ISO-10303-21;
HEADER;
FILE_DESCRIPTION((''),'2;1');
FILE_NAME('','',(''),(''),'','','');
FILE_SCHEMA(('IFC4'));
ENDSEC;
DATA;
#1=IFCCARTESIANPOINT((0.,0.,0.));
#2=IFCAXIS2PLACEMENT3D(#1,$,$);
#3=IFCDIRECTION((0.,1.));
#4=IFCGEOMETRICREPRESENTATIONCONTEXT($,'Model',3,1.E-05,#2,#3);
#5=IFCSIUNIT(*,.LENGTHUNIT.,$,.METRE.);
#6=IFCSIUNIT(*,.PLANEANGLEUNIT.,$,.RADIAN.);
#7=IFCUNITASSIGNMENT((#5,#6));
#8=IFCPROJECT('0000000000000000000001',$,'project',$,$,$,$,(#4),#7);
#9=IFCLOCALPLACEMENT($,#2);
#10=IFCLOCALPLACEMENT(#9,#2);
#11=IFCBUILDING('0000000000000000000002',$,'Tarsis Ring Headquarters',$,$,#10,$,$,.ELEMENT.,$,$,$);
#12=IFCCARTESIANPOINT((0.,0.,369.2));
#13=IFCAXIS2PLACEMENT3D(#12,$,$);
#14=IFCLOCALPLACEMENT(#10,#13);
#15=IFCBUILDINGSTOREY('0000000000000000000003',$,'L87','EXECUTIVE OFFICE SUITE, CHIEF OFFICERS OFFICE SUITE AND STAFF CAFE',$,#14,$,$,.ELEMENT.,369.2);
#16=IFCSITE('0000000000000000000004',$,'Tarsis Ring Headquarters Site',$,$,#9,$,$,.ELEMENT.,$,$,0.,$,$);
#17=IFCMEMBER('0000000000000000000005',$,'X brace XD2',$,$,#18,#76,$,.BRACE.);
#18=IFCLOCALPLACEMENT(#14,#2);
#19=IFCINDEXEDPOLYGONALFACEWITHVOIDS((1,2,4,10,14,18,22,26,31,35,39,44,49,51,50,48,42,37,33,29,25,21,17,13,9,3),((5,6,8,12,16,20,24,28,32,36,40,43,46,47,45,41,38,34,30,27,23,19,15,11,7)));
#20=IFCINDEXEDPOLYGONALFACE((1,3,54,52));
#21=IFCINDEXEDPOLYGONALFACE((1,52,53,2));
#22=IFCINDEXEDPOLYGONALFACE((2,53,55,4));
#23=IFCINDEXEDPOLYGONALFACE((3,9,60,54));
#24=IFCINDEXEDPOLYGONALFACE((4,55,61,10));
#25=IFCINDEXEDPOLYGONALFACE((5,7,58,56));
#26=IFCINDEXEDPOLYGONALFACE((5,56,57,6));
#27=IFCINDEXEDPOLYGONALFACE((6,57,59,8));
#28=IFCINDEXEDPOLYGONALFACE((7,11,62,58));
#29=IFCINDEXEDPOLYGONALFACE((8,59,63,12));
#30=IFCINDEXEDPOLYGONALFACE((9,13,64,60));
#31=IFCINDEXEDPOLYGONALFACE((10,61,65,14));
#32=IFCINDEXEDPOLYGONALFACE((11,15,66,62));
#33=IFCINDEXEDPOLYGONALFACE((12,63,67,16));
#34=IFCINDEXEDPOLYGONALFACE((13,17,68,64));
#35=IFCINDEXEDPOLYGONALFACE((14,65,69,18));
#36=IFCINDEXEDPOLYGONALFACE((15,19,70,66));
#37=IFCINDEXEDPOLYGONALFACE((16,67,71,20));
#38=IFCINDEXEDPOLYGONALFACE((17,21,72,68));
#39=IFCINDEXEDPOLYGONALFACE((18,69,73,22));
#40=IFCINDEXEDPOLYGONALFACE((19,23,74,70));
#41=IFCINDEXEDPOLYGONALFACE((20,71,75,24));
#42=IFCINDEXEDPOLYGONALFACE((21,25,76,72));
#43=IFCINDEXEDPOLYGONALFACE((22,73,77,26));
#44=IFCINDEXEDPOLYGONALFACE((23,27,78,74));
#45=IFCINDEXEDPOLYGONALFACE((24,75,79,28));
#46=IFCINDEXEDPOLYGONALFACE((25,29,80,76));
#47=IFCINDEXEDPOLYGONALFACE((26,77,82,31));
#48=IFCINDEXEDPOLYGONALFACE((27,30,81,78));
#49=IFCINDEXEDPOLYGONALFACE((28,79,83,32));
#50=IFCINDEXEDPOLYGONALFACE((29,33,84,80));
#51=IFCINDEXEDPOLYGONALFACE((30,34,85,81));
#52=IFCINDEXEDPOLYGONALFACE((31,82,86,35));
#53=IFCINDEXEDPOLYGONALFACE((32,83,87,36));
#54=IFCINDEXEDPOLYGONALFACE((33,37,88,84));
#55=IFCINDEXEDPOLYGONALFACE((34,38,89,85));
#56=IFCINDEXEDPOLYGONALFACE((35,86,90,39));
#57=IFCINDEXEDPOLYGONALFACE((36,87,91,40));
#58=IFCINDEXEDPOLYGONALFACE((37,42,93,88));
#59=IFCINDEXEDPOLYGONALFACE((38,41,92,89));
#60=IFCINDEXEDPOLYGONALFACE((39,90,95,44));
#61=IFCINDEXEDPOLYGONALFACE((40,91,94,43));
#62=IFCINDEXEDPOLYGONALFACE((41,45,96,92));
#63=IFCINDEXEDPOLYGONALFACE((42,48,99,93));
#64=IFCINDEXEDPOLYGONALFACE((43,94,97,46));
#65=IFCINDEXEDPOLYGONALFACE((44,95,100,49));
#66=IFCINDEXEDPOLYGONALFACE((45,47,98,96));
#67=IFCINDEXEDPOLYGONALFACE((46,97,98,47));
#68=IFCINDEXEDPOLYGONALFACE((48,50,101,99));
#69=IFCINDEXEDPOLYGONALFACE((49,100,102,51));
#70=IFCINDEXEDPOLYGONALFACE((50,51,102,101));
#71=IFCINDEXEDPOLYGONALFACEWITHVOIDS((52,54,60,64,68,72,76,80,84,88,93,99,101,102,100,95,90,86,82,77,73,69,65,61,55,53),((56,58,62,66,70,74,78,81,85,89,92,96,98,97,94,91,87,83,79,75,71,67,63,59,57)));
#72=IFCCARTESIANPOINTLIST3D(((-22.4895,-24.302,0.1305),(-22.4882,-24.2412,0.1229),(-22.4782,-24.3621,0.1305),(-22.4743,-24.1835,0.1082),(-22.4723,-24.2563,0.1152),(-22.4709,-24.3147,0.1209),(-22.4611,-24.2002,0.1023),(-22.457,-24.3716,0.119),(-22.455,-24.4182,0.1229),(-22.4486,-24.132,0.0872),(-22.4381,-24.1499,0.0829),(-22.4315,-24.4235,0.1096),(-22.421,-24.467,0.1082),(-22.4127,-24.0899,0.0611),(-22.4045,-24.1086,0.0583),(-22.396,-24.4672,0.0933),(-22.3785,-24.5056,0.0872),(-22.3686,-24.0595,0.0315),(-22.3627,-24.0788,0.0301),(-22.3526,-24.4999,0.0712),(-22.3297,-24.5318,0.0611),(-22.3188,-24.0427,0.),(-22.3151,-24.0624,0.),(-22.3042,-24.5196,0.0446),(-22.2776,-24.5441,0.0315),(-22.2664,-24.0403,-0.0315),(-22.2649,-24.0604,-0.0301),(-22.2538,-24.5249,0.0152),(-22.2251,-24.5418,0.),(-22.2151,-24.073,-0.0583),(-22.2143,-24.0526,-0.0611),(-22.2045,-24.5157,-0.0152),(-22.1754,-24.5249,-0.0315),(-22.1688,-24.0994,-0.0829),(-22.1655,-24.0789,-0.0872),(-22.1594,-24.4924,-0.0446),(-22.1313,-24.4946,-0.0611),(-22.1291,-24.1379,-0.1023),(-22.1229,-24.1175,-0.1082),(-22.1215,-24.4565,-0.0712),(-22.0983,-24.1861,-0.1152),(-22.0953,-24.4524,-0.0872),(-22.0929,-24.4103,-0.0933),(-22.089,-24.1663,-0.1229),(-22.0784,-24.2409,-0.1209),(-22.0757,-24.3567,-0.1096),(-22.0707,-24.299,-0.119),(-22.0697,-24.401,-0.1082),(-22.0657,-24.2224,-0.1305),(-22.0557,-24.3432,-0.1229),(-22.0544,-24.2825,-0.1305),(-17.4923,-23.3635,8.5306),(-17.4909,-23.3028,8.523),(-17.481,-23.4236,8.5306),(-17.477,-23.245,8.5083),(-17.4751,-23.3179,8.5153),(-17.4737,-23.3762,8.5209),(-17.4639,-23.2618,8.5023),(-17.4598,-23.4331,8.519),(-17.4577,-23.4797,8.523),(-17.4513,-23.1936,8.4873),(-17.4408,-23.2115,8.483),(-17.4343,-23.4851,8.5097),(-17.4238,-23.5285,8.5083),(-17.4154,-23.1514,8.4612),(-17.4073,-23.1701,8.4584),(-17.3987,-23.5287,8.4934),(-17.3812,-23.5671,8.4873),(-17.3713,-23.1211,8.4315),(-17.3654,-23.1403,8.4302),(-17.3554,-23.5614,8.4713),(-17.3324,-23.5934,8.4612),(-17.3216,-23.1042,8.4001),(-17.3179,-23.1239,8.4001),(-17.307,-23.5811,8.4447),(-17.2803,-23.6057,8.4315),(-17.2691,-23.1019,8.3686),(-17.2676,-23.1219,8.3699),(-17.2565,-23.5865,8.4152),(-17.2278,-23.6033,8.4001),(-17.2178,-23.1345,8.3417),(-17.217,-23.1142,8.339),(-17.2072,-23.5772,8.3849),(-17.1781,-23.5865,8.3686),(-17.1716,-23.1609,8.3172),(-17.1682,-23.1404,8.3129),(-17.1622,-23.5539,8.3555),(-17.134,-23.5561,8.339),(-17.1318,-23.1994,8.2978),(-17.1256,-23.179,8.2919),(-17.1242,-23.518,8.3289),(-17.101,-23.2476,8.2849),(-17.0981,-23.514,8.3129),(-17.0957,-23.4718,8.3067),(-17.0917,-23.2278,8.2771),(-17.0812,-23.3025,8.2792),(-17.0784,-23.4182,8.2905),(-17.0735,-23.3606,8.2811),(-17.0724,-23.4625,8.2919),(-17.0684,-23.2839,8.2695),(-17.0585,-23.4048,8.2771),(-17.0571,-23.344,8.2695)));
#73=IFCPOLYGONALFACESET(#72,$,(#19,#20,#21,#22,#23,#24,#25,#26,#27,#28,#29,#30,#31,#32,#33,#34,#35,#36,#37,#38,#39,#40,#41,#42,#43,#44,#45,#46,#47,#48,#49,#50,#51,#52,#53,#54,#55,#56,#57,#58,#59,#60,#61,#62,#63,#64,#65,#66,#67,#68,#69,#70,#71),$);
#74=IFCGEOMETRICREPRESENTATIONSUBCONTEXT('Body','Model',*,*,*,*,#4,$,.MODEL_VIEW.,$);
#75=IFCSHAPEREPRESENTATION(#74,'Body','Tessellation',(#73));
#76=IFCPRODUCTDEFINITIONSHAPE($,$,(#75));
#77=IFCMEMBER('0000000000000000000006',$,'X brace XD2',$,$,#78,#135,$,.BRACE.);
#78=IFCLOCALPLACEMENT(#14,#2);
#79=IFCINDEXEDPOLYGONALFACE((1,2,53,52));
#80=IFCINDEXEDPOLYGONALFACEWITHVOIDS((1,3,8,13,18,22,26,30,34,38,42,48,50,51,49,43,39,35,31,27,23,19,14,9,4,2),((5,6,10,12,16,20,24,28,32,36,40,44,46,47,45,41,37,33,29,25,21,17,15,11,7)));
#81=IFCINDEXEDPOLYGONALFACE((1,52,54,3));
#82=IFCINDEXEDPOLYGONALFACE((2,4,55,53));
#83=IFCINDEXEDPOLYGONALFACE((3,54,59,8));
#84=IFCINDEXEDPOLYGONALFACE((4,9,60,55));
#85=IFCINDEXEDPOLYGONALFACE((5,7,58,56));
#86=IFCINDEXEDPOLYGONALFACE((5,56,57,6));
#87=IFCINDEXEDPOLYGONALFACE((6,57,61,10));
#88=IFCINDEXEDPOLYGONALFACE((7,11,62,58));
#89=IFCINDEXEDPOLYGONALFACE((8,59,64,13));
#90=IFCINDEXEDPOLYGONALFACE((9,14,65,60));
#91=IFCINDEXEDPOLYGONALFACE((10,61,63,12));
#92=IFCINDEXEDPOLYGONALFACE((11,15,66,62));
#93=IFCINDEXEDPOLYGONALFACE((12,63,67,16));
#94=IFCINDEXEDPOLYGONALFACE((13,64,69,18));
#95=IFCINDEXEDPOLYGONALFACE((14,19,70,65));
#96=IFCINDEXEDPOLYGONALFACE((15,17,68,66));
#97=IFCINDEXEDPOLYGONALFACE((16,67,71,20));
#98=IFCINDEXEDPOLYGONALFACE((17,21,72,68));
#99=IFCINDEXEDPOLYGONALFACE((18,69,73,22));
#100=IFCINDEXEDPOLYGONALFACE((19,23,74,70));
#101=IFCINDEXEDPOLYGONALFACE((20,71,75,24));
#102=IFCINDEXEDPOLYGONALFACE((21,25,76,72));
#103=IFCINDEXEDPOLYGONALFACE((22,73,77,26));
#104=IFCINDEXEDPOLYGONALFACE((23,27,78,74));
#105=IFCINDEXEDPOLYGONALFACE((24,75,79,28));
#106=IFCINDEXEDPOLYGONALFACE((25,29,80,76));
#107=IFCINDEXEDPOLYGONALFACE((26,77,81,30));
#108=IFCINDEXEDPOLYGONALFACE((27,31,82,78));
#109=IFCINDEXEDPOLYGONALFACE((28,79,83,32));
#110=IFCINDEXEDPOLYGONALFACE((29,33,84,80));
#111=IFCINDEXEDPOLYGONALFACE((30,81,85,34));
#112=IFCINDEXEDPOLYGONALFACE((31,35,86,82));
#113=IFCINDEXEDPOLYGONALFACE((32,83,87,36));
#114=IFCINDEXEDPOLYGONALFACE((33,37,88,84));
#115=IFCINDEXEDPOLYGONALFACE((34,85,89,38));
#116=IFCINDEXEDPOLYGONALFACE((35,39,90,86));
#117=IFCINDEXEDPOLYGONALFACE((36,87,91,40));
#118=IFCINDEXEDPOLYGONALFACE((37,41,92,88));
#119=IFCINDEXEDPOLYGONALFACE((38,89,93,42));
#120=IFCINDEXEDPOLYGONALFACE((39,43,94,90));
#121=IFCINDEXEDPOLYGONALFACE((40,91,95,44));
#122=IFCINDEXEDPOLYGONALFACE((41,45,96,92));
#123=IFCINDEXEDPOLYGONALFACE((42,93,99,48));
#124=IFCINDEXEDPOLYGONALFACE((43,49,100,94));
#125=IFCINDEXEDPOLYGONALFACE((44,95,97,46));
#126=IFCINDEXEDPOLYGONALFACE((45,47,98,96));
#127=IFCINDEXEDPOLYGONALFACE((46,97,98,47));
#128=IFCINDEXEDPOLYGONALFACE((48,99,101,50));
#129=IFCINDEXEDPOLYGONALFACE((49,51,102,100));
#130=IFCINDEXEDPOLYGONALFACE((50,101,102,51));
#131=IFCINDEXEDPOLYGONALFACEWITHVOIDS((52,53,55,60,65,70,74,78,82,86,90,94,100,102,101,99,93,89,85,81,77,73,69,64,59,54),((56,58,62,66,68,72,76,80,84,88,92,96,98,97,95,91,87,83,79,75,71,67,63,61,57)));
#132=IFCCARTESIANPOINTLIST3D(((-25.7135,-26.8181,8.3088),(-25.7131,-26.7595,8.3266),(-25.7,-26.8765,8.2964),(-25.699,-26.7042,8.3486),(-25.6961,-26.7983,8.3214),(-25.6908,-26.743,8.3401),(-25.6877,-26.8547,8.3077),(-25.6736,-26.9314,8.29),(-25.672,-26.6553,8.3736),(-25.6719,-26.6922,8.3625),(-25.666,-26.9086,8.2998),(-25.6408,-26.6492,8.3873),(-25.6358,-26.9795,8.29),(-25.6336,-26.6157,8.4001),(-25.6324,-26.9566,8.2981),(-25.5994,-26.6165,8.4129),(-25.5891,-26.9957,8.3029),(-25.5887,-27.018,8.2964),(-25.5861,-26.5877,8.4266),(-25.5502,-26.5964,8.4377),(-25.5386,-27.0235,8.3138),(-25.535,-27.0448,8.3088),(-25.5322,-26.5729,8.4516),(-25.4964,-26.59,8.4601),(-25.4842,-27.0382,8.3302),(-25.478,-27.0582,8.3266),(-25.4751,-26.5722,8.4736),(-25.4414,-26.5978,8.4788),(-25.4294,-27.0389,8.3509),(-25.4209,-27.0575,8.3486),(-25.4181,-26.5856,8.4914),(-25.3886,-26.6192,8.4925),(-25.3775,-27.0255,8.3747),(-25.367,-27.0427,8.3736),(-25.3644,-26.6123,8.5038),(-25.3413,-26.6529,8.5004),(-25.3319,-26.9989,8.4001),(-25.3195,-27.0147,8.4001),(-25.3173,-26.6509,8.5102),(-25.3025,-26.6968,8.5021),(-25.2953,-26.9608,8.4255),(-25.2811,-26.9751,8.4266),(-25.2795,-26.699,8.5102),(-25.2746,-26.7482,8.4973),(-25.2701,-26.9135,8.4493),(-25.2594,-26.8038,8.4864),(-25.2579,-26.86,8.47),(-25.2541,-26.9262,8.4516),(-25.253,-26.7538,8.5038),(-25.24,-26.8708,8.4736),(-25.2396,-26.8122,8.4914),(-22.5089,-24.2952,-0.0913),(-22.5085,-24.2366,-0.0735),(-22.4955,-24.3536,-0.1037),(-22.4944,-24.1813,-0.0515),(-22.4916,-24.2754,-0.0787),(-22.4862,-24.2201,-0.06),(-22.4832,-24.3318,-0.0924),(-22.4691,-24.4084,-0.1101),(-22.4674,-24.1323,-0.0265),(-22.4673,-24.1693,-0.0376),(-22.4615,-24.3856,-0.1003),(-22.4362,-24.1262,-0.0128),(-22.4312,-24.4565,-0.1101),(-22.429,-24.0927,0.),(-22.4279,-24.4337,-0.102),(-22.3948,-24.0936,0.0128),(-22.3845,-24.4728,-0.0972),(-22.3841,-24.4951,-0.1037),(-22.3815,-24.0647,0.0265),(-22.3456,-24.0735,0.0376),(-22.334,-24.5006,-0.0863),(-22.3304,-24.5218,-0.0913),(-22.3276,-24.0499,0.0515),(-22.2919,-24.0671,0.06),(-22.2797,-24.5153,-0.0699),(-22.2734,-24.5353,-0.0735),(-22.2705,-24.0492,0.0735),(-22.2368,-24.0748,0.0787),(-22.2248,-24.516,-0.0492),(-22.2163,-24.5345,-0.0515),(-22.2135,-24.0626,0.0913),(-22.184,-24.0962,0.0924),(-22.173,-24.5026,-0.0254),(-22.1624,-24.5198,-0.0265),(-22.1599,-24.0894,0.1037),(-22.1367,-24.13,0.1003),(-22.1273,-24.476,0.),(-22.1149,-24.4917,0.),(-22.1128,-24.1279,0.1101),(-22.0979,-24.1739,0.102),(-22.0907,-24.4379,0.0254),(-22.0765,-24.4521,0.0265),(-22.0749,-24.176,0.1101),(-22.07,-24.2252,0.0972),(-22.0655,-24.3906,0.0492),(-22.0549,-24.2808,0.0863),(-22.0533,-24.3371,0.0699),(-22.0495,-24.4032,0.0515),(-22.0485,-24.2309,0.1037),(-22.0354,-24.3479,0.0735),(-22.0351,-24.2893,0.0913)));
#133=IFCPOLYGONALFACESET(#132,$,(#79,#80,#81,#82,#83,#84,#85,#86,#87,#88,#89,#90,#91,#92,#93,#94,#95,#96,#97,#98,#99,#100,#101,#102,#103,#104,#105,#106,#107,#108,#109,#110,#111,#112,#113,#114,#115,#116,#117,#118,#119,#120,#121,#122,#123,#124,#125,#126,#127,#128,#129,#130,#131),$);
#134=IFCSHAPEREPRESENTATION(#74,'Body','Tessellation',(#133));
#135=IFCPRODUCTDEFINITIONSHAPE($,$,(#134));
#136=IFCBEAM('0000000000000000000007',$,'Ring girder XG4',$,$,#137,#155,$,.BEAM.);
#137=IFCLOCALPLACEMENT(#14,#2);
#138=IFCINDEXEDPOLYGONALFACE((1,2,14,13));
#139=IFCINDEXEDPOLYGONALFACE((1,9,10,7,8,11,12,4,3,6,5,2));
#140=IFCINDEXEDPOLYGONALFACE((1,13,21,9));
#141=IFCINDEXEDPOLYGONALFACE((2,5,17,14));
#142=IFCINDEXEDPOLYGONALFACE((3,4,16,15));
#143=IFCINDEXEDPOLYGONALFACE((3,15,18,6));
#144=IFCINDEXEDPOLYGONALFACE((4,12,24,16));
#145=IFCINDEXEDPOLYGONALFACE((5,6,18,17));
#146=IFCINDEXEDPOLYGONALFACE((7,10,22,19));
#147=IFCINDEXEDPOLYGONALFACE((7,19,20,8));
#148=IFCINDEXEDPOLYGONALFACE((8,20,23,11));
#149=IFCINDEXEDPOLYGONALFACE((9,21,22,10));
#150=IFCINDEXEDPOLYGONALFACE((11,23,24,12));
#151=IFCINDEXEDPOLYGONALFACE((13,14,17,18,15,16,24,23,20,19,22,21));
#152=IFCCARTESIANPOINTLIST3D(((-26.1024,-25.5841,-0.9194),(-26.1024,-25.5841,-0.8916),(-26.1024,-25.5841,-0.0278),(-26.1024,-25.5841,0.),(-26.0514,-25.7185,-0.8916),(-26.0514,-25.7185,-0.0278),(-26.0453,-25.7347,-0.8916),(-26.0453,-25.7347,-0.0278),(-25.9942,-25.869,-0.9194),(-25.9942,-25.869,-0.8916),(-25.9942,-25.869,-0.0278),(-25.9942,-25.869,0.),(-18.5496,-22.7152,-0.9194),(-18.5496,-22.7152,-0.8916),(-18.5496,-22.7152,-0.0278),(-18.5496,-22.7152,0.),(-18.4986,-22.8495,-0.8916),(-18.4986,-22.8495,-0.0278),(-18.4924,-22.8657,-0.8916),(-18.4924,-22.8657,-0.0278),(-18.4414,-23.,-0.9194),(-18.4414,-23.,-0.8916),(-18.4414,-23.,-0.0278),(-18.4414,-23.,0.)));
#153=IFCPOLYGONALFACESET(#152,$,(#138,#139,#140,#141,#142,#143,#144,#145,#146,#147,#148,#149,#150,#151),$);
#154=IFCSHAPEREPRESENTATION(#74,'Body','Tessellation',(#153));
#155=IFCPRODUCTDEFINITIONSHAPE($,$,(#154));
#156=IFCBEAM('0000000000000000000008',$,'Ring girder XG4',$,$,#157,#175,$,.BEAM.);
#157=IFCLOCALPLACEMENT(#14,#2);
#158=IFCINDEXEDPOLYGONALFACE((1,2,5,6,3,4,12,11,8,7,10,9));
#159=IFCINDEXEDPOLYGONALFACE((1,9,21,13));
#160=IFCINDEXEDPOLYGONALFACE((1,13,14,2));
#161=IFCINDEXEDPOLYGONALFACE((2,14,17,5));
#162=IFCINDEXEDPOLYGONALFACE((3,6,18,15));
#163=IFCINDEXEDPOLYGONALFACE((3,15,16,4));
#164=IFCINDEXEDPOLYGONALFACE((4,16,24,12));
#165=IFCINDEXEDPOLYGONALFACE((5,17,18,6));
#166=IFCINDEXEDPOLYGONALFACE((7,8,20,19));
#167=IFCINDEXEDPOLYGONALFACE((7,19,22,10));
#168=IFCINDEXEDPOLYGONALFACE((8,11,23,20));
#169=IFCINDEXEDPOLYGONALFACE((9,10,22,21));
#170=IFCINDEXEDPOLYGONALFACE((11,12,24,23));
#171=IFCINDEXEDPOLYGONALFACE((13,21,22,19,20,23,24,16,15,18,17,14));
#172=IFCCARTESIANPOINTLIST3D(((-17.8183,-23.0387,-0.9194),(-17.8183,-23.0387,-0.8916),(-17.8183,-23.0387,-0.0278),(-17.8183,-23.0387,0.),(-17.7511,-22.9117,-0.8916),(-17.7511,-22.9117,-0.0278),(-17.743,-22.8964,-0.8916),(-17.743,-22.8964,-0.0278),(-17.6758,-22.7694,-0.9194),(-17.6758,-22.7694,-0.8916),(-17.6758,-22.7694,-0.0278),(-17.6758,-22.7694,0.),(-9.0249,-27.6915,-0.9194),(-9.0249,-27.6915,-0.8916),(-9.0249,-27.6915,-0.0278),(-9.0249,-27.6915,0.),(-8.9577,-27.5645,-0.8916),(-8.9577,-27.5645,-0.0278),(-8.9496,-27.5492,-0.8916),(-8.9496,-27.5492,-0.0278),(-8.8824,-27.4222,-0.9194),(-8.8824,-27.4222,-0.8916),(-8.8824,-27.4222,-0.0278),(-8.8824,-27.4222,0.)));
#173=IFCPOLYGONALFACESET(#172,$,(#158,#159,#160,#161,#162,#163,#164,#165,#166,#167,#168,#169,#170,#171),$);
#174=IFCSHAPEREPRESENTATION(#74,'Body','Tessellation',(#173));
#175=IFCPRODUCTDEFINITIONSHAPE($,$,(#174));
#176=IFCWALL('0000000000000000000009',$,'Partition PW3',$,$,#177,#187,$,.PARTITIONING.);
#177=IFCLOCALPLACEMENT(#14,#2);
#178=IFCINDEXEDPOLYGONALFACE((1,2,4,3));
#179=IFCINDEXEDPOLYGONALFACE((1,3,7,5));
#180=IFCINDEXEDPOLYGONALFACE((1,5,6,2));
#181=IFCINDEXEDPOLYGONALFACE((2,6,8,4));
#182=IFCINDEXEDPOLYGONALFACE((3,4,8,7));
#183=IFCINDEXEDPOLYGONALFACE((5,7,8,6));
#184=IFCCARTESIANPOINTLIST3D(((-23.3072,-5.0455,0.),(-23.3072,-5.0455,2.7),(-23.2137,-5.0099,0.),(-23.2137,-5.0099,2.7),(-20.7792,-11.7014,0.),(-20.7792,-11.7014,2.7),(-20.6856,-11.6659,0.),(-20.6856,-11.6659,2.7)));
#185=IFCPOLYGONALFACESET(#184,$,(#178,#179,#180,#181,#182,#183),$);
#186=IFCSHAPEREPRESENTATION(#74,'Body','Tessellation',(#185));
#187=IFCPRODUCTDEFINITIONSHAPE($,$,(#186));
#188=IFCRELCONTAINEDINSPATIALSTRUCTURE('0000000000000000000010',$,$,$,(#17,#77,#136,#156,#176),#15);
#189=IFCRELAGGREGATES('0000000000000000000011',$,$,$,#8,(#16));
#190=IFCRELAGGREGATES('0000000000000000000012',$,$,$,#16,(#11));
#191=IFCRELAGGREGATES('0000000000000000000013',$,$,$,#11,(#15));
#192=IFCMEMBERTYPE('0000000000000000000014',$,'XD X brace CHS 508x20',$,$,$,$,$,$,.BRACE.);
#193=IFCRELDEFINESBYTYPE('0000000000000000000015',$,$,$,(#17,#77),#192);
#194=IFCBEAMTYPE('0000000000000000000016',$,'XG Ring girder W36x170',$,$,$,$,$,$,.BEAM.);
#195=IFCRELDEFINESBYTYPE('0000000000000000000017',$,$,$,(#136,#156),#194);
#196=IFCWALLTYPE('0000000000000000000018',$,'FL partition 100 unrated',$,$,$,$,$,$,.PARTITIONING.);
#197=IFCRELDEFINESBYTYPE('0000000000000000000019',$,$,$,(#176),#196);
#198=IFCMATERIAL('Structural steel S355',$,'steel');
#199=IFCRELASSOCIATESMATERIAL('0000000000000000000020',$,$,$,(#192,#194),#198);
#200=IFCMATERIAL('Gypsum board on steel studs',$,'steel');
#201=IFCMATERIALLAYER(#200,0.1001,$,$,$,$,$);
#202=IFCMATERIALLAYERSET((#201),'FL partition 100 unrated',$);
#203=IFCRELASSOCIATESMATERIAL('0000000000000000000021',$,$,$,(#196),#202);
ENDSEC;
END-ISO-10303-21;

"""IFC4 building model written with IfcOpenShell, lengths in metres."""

from ifc_helpers import new_model, si_unit, direction, frame, frame_2d, origin, origin_2d, place, context, subcontext, project, spatial, rectangle, hollow_circle, i_section, extrude, material, layer, layer_set, material_profile, profile_set, type_object, element, save


model = new_model("IFC4")

# Units and contexts
model_context = context("Model", 3, precision=1e-05, world=origin(), true_north=direction((0.0, 1.0)))
body_context = subcontext(model_context, "Body", "Model", "MODEL_VIEW")
ifc_project = project(units=[si_unit("LENGTHUNIT", "METRE"), si_unit("PLANEANGLEUNIT", "RADIAN")], contexts=[model_context])

# Site, building, storey
site_placement = place(None, origin())
site = spatial("IfcSite", under=ifc_project, at=site_placement, Name="Tarsis Ring Headquarters Site", CompositionType="ELEMENT", RefElevation=0.0)
building_placement = place(site_placement, origin())
building = spatial("IfcBuilding", under=site, at=building_placement, Name="Tarsis Ring Headquarters", CompositionType="ELEMENT")
storey_placement = place(building_placement, frame((0.0, 0.0, 369.2)))
storey = spatial("IfcBuildingStorey", under=building, at=storey_placement, Name="L87", Description="EXECUTIVE OFFICE SUITE, CHIEF OFFICERS OFFICE SUITE AND STAFF CAFE", CompositionType="ELEMENT", Elevation=369.2)

# Shared definitions
ifc_material_1 = material(Name="Structural steel S355", Category="steel")

# Members
ifc_material_profile_1 = material_profile(ifc_material_1, hollow_circle(Radius=0.2539, WallThickness=0.02, at=origin_2d()), Name="CHS 508x20")
ifc_profile_set_1 = profile_set([ifc_material_profile_1], Name="Structural steel S355")
member_type = type_object("IfcMemberType", Name="XD X brace CHS 508x20", PredefinedType="BRACE", material=ifc_profile_set_1)
member_1_placement = place(storey_placement, frame((-22.272, -24.2922, 0.0), z_axis=(0.508934, 0.095576, 0.855483), x_axis=(-0.18457, 0.982819, 0.0)))
element("IfcMember", 1, at=member_1_placement, inside=storey, type_object=member_type, Name="X brace XD2", PredefinedType="BRACE", context=body_context, shape_type="SweptSolid", body=[
    extrude(hollow_circle(Radius=0.2539, WallThickness=0.02, at=origin_2d()), origin(), (0.0, 0.0, 1.0), 9.8191),
])
member_2_placement = place(storey_placement, frame((-22.272, -24.2922, 0.0), z_axis=(-0.34318, -0.270183, 0.899572), x_axis=(0.618588, -0.785716, 0.0)))
element("IfcMember", 2, at=member_2_placement, inside=storey, type_object=member_type, Name="X brace XD2", PredefinedType="BRACE", context=body_context, shape_type="SweptSolid", body=[
    extrude(hollow_circle(Radius=0.2539, WallThickness=0.02, at=origin_2d()), origin(), (0.0, 0.0, 1.0), 9.3379),
])

# Beams
ifc_material_profile_2 = material_profile(ifc_material_1, i_section(OverallWidth=0.3047, OverallDepth=0.9194, WebThickness=0.0173, FlangeThickness=0.0278, at=origin_2d()), Name="W36x170")
ifc_profile_set_2 = profile_set([ifc_material_profile_2], Name="Structural steel S355")
beam_type = type_object("IfcBeamType", Name="XG Ring girder W36x170", PredefinedType="BEAM", material=ifc_profile_set_2)
beam_1_placement = place(storey_placement, frame((-26.0483, -25.7266, -0.4597), z_axis=(0.934831, 0.355094, 0.0), x_axis=(-0.355094, 0.934831, 0.0)))
element("IfcBeam", 3, at=beam_1_placement, inside=storey, type_object=beam_type, Name="Ring girder XG4", PredefinedType="BEAM", context=body_context, shape_type="SweptSolid", body=[
    extrude(i_section(OverallWidth=0.3047, OverallDepth=0.9194, WebThickness=0.0173, FlangeThickness=0.0278, at=origin_2d()), origin(), (0.0, 0.0, 1.0), 8.0793),
])
beam_2_placement = place(storey_placement, frame((-17.7471, -22.9041, -0.4597), z_axis=(0.883893, -0.467689, 0.0), x_axis=(0.467689, 0.883893, 0.0)))
element("IfcBeam", 4, at=beam_2_placement, inside=storey, type_object=beam_type, Name="Ring girder XG4", PredefinedType="BEAM", context=body_context, shape_type="SweptSolid", body=[
    extrude(i_section(OverallWidth=0.3047, OverallDepth=0.9194, WebThickness=0.0173, FlangeThickness=0.0278, at=origin_2d()), origin(), (0.0, 0.0, 1.0), 9.9485),
])

# Wall
ifc_material_2 = material(Name="Gypsum board on steel studs", Category="steel")
ifc_layer_1 = layer(ifc_material_2, 0.1001)
ifc_layer_set_1 = layer_set([ifc_layer_1], Name="FL partition 100 unrated")
wall_type_1 = type_object("IfcWallType", Name="FL partition 100 unrated", PredefinedType="PARTITIONING", material=ifc_layer_set_1)
wall_1_placement = place(storey_placement, frame((-23.2605, -5.0276, 0.0), z_axis=(0.0, 0.0, 1.0), x_axis=(0.35507, -0.93484, 0.0)))
element("IfcWall", 5, at=wall_1_placement, inside=storey, type_object=wall_type_1, Name="Partition PW3", PredefinedType="PARTITIONING", context=body_context, shape_type="SweptSolid", body=[
    extrude(rectangle(XDim=7.1199, YDim=0.1001, at=frame_2d((3.5601, 0.0))), origin(), (0.0, 0.0, 1.0), 2.7),
])

save(model, "model.ifc")
